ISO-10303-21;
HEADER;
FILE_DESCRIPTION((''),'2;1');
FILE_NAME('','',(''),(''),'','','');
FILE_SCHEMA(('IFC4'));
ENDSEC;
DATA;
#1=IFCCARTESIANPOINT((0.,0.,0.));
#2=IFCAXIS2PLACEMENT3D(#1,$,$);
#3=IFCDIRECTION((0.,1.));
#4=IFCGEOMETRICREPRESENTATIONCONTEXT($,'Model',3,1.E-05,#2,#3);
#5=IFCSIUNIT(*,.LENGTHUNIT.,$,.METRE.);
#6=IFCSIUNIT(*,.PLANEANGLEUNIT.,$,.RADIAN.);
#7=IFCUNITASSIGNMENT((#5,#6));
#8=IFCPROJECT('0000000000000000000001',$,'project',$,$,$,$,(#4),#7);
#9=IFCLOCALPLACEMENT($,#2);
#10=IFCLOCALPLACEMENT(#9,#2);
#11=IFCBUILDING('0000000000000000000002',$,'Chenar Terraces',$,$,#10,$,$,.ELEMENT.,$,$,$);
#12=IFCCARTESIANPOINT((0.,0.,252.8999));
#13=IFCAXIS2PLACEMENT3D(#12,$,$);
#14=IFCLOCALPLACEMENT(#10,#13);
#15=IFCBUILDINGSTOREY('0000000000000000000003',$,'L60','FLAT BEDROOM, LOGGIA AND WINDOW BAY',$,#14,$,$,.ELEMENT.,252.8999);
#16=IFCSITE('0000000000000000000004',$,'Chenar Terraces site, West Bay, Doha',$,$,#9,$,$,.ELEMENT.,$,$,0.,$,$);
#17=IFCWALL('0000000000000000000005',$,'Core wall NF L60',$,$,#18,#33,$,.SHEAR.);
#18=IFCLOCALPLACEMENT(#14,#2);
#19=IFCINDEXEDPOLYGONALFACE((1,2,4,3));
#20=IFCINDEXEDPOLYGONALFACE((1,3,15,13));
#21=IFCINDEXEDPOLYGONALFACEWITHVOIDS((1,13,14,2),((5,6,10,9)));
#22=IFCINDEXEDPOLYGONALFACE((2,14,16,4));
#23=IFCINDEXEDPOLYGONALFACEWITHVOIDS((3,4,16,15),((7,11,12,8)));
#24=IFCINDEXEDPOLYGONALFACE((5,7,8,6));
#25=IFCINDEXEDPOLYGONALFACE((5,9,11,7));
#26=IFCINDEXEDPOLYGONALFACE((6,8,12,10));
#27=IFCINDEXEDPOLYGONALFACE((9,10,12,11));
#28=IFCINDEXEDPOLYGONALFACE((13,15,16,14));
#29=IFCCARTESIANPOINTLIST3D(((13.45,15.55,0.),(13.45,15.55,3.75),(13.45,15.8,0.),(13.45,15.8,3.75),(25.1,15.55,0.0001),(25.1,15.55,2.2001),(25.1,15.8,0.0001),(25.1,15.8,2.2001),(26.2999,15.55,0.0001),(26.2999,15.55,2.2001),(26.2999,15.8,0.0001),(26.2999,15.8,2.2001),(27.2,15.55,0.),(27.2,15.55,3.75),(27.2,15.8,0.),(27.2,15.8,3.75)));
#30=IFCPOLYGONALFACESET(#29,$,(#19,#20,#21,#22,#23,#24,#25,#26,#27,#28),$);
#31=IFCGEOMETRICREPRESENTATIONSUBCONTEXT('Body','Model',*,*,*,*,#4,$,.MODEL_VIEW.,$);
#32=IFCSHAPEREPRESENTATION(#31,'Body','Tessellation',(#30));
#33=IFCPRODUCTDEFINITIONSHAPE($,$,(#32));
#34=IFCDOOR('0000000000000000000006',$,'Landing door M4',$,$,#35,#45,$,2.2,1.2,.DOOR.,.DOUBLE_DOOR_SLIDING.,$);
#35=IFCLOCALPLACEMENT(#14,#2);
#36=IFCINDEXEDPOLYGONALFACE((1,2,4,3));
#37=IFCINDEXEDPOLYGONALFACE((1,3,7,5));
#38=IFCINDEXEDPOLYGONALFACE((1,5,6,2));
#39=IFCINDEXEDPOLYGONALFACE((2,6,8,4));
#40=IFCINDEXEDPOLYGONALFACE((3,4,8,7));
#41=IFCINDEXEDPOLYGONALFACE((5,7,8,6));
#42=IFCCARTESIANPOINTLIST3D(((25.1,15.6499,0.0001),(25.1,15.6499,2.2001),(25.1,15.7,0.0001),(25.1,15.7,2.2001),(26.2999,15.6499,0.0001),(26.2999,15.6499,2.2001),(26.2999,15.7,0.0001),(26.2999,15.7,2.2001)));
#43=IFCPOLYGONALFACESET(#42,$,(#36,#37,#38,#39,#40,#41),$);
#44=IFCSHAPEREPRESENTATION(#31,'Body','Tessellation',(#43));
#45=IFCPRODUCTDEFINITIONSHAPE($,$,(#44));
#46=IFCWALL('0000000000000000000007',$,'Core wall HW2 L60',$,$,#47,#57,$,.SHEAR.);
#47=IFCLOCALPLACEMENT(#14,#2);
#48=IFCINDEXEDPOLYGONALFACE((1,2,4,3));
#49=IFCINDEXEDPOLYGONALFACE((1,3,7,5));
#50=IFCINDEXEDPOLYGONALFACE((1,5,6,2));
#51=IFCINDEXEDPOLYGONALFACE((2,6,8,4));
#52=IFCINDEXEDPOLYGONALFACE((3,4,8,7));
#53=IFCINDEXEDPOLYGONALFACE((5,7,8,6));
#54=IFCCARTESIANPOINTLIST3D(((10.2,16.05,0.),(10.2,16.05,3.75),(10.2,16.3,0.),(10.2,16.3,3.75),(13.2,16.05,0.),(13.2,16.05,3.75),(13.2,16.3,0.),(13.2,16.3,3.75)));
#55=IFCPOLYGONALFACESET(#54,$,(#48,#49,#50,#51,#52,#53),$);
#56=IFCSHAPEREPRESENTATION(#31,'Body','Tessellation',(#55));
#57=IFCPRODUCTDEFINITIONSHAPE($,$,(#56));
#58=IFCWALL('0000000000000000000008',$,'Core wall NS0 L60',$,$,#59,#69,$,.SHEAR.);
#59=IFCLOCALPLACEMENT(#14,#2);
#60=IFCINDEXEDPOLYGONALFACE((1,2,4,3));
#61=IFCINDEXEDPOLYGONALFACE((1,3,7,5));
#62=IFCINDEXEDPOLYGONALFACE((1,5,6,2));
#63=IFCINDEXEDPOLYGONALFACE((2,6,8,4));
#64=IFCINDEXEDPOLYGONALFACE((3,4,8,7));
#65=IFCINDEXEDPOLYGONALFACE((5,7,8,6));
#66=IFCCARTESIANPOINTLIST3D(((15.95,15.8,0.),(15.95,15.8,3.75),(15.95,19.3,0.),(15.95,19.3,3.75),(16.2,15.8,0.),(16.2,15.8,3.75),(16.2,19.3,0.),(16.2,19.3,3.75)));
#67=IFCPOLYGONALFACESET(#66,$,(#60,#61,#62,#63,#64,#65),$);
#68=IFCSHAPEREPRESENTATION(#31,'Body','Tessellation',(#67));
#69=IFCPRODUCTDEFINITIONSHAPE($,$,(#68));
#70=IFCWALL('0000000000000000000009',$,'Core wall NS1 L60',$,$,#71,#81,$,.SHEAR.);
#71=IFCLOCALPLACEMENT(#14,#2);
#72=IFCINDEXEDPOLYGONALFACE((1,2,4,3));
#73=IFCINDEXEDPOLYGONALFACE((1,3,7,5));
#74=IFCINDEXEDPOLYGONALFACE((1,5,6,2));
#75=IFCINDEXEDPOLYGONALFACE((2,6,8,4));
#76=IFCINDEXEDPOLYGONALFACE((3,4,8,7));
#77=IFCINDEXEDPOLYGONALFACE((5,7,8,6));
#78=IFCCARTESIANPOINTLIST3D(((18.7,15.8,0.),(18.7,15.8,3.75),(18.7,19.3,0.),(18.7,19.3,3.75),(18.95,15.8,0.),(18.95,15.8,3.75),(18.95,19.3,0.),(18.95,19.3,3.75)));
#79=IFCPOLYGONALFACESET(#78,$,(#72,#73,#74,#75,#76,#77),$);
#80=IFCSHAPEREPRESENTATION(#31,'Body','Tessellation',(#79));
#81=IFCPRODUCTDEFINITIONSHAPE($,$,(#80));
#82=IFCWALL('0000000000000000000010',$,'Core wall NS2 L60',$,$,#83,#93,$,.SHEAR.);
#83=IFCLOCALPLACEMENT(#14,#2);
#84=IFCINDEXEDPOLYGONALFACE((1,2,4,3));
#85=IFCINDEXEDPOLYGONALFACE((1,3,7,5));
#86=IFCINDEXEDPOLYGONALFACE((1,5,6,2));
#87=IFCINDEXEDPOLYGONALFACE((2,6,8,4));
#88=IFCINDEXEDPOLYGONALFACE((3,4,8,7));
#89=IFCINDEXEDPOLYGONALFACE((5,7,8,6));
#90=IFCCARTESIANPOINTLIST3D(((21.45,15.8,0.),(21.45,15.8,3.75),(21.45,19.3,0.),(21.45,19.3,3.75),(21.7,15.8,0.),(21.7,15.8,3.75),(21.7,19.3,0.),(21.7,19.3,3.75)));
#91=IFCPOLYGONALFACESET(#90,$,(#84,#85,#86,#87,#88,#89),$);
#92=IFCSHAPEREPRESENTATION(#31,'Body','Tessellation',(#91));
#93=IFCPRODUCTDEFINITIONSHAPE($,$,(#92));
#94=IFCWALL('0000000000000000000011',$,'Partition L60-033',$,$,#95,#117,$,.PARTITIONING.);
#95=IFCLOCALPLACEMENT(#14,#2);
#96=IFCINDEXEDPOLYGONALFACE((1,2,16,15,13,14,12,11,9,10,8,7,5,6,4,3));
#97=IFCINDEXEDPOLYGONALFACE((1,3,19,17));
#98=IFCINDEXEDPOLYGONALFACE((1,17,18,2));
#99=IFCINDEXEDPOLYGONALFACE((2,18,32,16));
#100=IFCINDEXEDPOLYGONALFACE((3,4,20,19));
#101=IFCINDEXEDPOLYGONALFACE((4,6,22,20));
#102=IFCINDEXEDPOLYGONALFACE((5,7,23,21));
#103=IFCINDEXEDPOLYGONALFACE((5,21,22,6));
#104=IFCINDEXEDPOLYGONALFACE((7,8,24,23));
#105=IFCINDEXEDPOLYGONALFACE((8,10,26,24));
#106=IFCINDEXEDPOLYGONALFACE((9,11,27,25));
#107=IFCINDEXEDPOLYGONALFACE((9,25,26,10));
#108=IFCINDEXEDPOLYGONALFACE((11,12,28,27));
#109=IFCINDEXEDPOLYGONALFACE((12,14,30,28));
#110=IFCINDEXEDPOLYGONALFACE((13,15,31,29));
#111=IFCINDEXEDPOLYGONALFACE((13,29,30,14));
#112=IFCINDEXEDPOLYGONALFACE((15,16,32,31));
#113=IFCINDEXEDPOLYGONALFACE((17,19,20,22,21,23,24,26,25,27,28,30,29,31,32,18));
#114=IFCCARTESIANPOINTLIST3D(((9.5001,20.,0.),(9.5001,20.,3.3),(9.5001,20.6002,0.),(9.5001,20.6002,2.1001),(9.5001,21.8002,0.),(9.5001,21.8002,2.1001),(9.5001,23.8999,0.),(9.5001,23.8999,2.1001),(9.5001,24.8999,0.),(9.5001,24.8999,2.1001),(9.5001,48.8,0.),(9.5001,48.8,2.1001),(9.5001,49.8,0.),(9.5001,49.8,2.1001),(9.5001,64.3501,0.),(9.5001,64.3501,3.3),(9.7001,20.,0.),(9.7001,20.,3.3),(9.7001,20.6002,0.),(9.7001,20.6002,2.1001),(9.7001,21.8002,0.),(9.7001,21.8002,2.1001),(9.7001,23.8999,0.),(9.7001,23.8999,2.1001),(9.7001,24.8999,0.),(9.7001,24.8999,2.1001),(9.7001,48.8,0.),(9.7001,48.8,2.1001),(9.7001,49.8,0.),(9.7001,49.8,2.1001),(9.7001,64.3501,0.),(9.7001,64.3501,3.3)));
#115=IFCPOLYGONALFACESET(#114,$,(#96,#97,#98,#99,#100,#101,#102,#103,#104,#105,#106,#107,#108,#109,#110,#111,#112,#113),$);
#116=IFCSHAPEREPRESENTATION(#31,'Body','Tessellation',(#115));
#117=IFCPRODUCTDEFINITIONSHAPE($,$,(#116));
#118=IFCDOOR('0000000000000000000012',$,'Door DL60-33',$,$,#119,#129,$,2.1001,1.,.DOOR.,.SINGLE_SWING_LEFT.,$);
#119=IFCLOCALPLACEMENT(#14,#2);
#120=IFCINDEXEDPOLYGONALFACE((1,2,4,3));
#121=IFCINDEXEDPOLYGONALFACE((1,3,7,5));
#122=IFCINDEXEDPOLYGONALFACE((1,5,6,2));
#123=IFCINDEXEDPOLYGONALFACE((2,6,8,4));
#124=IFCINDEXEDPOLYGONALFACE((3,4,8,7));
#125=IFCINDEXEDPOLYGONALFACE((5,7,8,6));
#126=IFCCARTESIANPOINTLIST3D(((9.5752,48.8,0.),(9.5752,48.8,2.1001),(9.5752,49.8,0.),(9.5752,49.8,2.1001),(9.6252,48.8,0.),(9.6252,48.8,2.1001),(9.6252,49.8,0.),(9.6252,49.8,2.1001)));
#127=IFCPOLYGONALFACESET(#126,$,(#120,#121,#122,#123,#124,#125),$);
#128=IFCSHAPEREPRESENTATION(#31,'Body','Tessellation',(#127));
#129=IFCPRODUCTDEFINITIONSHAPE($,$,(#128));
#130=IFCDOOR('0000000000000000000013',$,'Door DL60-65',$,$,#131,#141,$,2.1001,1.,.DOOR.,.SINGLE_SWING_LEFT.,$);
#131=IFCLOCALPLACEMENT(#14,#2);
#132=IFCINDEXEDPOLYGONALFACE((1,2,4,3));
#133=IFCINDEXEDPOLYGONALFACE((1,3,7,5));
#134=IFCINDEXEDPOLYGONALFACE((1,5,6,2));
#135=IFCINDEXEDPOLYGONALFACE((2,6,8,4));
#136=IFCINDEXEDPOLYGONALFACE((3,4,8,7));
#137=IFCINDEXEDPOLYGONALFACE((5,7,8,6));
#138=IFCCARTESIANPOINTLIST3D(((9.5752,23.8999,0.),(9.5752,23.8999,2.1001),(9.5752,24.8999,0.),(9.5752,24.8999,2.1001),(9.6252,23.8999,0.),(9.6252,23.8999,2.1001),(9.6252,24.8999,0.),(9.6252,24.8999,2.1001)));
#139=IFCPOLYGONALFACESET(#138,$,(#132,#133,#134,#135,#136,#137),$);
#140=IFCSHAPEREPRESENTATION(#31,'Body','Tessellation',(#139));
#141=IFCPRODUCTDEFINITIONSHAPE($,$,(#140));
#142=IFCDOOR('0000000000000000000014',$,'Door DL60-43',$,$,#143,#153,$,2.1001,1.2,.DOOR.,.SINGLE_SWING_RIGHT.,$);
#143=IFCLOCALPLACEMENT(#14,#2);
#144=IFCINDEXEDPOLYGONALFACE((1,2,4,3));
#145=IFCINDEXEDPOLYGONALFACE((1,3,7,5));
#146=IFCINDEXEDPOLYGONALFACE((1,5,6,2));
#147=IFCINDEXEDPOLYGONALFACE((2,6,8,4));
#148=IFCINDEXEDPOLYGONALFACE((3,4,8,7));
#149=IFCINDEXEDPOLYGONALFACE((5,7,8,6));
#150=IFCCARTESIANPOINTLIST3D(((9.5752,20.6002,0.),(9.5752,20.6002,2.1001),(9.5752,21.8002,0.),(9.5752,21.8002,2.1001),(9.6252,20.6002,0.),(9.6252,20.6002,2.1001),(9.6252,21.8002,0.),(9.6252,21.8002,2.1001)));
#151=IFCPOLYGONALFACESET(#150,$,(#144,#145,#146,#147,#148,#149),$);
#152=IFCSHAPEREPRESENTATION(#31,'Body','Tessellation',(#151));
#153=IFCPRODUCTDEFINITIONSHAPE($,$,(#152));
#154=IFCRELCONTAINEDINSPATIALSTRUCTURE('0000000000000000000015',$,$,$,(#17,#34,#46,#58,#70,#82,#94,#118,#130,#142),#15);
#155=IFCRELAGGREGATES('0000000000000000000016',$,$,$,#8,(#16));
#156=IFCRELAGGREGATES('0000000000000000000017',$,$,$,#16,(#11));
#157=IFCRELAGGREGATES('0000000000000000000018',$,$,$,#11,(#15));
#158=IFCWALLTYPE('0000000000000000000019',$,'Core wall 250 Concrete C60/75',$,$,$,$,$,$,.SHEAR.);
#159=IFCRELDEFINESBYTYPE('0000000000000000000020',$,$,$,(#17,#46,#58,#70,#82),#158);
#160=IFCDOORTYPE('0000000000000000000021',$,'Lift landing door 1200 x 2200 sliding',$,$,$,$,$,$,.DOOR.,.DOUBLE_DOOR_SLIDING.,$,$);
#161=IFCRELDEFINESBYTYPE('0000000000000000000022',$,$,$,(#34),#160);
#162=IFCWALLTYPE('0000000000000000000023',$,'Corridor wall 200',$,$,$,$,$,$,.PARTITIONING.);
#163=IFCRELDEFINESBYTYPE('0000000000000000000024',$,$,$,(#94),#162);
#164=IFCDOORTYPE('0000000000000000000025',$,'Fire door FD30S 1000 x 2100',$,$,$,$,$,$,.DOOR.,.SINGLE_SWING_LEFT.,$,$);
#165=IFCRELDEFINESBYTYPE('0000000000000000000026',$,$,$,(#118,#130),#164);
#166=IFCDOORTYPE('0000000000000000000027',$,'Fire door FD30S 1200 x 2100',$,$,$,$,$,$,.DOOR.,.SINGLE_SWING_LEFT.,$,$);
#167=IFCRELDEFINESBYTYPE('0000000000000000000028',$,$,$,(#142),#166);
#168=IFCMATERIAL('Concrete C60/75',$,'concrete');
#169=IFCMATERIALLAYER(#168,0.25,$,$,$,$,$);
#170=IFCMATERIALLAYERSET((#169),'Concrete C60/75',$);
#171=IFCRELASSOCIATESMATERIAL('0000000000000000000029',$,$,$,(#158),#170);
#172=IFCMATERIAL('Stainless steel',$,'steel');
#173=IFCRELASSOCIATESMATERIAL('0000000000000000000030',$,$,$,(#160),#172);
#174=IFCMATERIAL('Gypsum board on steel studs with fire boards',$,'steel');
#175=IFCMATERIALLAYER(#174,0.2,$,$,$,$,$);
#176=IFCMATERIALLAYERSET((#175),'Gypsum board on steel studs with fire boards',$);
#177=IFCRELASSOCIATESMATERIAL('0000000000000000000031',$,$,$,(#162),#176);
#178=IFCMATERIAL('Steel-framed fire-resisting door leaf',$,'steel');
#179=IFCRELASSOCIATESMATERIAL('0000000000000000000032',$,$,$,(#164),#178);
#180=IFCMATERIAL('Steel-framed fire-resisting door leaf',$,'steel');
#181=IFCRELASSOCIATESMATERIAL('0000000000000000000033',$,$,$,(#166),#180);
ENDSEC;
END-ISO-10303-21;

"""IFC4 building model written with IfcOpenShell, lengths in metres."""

from ifc_helpers import new_model, si_unit, direction, frame, frame_2d, origin, place, context, subcontext, project, spatial, rectangle, extrude, material, layer, layer_set, type_object, element, fill, save


model = new_model("IFC4")

# Units and contexts
model_context = context("Model", 3, precision=1e-05, world=origin(), true_north=direction((0.0, 1.0)))
body_context = subcontext(model_context, "Body", "Model", "MODEL_VIEW")
ifc_project = project(units=[si_unit("LENGTHUNIT", "METRE"), si_unit("PLANEANGLEUNIT", "RADIAN")], contexts=[model_context])

# Site, building, storey
site_placement = place(None, origin())
site = spatial("IfcSite", under=ifc_project, at=site_placement, Name="Chenar Terraces site, West Bay, Doha", CompositionType="ELEMENT", RefElevation=0.0)
building_placement = place(site_placement, origin())
building = spatial("IfcBuilding", under=site, at=building_placement, Name="Chenar Terraces", CompositionType="ELEMENT")
storey_placement = place(building_placement, frame((0.0, 0.0, 252.8999)))
storey = spatial("IfcBuildingStorey", under=building, at=storey_placement, Name="L60", Description="FLAT BEDROOM, LOGGIA AND WINDOW BAY", CompositionType="ELEMENT", Elevation=252.8999)

# Wall, opening, door
ifc_material_1 = material(Name="Concrete C60/75", Category="concrete")
ifc_layer_1 = layer(ifc_material_1, 0.25)
ifc_layer_set_1 = layer_set([ifc_layer_1], Name="Concrete C60/75")
wall_type_1 = type_object("IfcWallType", Name="Core wall 250 Concrete C60/75", PredefinedType="SHEAR", material=ifc_layer_set_1)
wall_1_placement = place(storey_placement, frame((13.45, 15.675, 0.0), z_axis=(0.0, 0.0, 1.0), x_axis=(1.0, 0.0, 0.0)))
wall_1 = element("IfcWall", 1, at=wall_1_placement, inside=storey, type_object=wall_type_1, Name="Core wall NF L60", PredefinedType="SHEAR", context=body_context, shape_type="SweptSolid", body=[
    extrude(rectangle(XDim=13.75, YDim=0.25, at=frame_2d((6.875, 0.0))), origin(), (0.0, 0.0, 1.0), 3.75),
])
opening_1_placement = place(wall_1_placement, frame((11.6499, 0.0, 0.0)))
opening_1 = element("IfcOpeningElement", 2, at=opening_1_placement, cuts=wall_1, PredefinedType="OPENING", context=body_context, shape_type="SweptSolid", body=[
    extrude(rectangle(XDim=1.2, YDim=2.2, at=frame_2d((0.6001, 1.1001))), frame((0.0, 0.135, 0.0), z_axis=(0.0, -1.0, 0.0), x_axis=(1.0, 0.0, 0.0)), (0.0, 0.0, 1.0), 0.27),
])
ifc_material_2 = material(Name="Stainless steel", Category="steel")
door_type_1 = type_object("IfcDoorType", Name="Lift landing door 1200 x 2200 sliding", OperationType="DOUBLE_DOOR_SLIDING", PredefinedType="DOOR", material=ifc_material_2)
door_1_placement = place(opening_1_placement, origin())
door_1 = element("IfcDoor", 3, at=door_1_placement, inside=storey, type_object=door_type_1, Name="Landing door M4", OperationType="DOUBLE_DOOR_SLIDING", OverallHeight=2.2, OverallWidth=1.2, PredefinedType="DOOR", context=body_context, shape_type="SweptSolid", body=[
    extrude(rectangle(XDim=1.2, YDim=2.2, at=frame_2d((0.6001, 1.1001))), frame((0.0, 0.0249, 0.0), z_axis=(0.0, -1.0, 0.0), x_axis=(1.0, 0.0, 0.0)), (0.0, 0.0, 1.0), 0.05),
])
fill(opening_1, door_1)

# Walls
wall_2_placement = place(storey_placement, frame((10.2, 16.175, 0.0), z_axis=(0.0, 0.0, 1.0), x_axis=(1.0, 0.0, 0.0)))
element("IfcWall", 4, at=wall_2_placement, inside=storey, type_object=wall_type_1, Name="Core wall HW2 L60", PredefinedType="SHEAR", context=body_context, shape_type="SweptSolid", body=[
    extrude(rectangle(XDim=3.0, YDim=0.25, at=frame_2d((1.5, 0.0))), origin(), (0.0, 0.0, 1.0), 3.75),
])
for number, where, z_axis, x_axis, name in (
    (5, (16.075, 15.8, 0.0), (0.0, 0.0, 1.0), (0.0, 1.0, 0.0), "Core wall NS0 L60"),
    (6, (18.825, 15.8, 0.0), (0.0, 0.0, 1.0), (0.0, 1.0, 0.0), "Core wall NS1 L60"),
    (7, (21.575, 15.8, 0.0), (0.0, 0.0, 1.0), (0.0, 1.0, 0.0), "Core wall NS2 L60"),
):
    element("IfcWall", number, at=place(storey_placement, frame(where, z_axis=z_axis, x_axis=x_axis)), inside=storey, type_object=wall_type_1, Name=name, PredefinedType="SHEAR", context=body_context, shape_type="SweptSolid", body=[
        extrude(rectangle(XDim=3.5, YDim=0.25, at=frame_2d((1.75, 0.0))), origin(), (0.0, 0.0, 1.0), 3.75),
    ])

# Wall, openings, doors
ifc_material_3 = material(Name="Gypsum board on steel studs with fire boards", Category="steel")
ifc_layer_2 = layer(ifc_material_3, 0.2)
ifc_layer_set_2 = layer_set([ifc_layer_2], Name="Gypsum board on steel studs with fire boards")
wall_type_2 = type_object("IfcWallType", Name="Corridor wall 200", PredefinedType="PARTITIONING", material=ifc_layer_set_2)
wall_3_placement = place(storey_placement, frame((9.6001, 20.0, 0.0), z_axis=(0.0, 0.0, 1.0), x_axis=(0.0, 1.0, 0.0)))
wall_3 = element("IfcWall", 8, at=wall_3_placement, inside=storey, type_object=wall_type_2, Name="Partition L60-033", PredefinedType="PARTITIONING", context=body_context, shape_type="SweptSolid", body=[
    extrude(rectangle(XDim=44.3501, YDim=0.2, at=frame_2d((22.175, 0.0))), origin(), (0.0, 0.0, 1.0), 3.3),
])
opening_2_placement = place(wall_3_placement, frame((28.8, 0.0, 0.0)))
opening_2 = element("IfcOpeningElement", 9, at=opening_2_placement, cuts=wall_3, PredefinedType="OPENING", context=body_context, shape_type="SweptSolid", body=[
    extrude(rectangle(XDim=1.0, YDim=2.1001, at=frame_2d((0.5, 1.05))), frame((0.0, 0.1099, 0.0), z_axis=(0.0, -1.0, 0.0), x_axis=(1.0, 0.0, 0.0)), (0.0, 0.0, 1.0), 0.22),
])
opening_3_placement = place(wall_3_placement, frame((0.6001, 0.0, 0.0)))
opening_3 = element("IfcOpeningElement", 10, at=opening_3_placement, cuts=wall_3, PredefinedType="OPENING", context=body_context, shape_type="SweptSolid", body=[
    extrude(rectangle(XDim=1.2, YDim=2.1001, at=frame_2d((0.6001, 1.05))), frame((0.0, 0.1099, 0.0), z_axis=(0.0, -1.0, 0.0), x_axis=(1.0, 0.0, 0.0)), (0.0, 0.0, 1.0), 0.22),
])
opening_4_placement = place(wall_3_placement, frame((3.8999, 0.0, 0.0)))
opening_4 = element("IfcOpeningElement", 11, at=opening_4_placement, cuts=wall_3, PredefinedType="OPENING", context=body_context, shape_type="SweptSolid", body=[
    extrude(rectangle(XDim=1.0, YDim=2.1001, at=frame_2d((0.5, 1.05))), frame((0.0, 0.1099, 0.0), z_axis=(0.0, -1.0, 0.0), x_axis=(1.0, 0.0, 0.0)), (0.0, 0.0, 1.0), 0.22),
])
ifc_material_4 = material(Name="Steel-framed fire-resisting door leaf", Category="steel")
door_type_2 = type_object("IfcDoorType", Name="Fire door FD30S 1000 x 2100", OperationType="SINGLE_SWING_LEFT", PredefinedType="DOOR", material=ifc_material_4)
door_2_placement = place(opening_2_placement, origin())
door_2 = element("IfcDoor", 12, at=door_2_placement, inside=storey, type_object=door_type_2, Name="Door DL60-33", OperationType="SINGLE_SWING_LEFT", OverallHeight=2.1001, OverallWidth=1.0, PredefinedType="DOOR", context=body_context, shape_type="SweptSolid", body=[
    extrude(rectangle(XDim=1.0, YDim=2.1001, at=frame_2d((0.5, 1.05))), frame((0.0, 0.0249, 0.0), z_axis=(0.0, -1.0, 0.0), x_axis=(1.0, 0.0, 0.0)), (0.0, 0.0, 1.0), 0.05),
])
fill(opening_2, door_2)
door_3_placement = place(opening_4_placement, origin())
door_3 = element("IfcDoor", 13, at=door_3_placement, inside=storey, type_object=door_type_2, Name="Door DL60-65", OperationType="SINGLE_SWING_LEFT", OverallHeight=2.1001, OverallWidth=1.0, PredefinedType="DOOR", context=body_context, shape_type="SweptSolid", body=[
    extrude(rectangle(XDim=1.0, YDim=2.1001, at=frame_2d((0.5, 1.05))), frame((0.0, 0.0249, 0.0), z_axis=(0.0, -1.0, 0.0), x_axis=(1.0, 0.0, 0.0)), (0.0, 0.0, 1.0), 0.05),
])
fill(opening_4, door_3)
ifc_material_5 = material(Name="Steel-framed fire-resisting door leaf", Category="steel")
door_type_3 = type_object("IfcDoorType", Name="Fire door FD30S 1200 x 2100", OperationType="SINGLE_SWING_LEFT", PredefinedType="DOOR", material=ifc_material_5)
door_4_placement = place(opening_3_placement, origin())
door_4 = element("IfcDoor", 14, at=door_4_placement, inside=storey, type_object=door_type_3, Name="Door DL60-43", OperationType="SINGLE_SWING_RIGHT", OverallHeight=2.1001, OverallWidth=1.2, PredefinedType="DOOR", context=body_context, shape_type="SweptSolid", body=[
    extrude(rectangle(XDim=1.2, YDim=2.1001, at=frame_2d((0.6001, 1.05))), frame((0.0, 0.0249, 0.0), z_axis=(0.0, -1.0, 0.0), x_axis=(1.0, 0.0, 0.0)), (0.0, 0.0, 1.0), 0.05),
])
fill(opening_3, door_4)

save(model, "model.ifc")
